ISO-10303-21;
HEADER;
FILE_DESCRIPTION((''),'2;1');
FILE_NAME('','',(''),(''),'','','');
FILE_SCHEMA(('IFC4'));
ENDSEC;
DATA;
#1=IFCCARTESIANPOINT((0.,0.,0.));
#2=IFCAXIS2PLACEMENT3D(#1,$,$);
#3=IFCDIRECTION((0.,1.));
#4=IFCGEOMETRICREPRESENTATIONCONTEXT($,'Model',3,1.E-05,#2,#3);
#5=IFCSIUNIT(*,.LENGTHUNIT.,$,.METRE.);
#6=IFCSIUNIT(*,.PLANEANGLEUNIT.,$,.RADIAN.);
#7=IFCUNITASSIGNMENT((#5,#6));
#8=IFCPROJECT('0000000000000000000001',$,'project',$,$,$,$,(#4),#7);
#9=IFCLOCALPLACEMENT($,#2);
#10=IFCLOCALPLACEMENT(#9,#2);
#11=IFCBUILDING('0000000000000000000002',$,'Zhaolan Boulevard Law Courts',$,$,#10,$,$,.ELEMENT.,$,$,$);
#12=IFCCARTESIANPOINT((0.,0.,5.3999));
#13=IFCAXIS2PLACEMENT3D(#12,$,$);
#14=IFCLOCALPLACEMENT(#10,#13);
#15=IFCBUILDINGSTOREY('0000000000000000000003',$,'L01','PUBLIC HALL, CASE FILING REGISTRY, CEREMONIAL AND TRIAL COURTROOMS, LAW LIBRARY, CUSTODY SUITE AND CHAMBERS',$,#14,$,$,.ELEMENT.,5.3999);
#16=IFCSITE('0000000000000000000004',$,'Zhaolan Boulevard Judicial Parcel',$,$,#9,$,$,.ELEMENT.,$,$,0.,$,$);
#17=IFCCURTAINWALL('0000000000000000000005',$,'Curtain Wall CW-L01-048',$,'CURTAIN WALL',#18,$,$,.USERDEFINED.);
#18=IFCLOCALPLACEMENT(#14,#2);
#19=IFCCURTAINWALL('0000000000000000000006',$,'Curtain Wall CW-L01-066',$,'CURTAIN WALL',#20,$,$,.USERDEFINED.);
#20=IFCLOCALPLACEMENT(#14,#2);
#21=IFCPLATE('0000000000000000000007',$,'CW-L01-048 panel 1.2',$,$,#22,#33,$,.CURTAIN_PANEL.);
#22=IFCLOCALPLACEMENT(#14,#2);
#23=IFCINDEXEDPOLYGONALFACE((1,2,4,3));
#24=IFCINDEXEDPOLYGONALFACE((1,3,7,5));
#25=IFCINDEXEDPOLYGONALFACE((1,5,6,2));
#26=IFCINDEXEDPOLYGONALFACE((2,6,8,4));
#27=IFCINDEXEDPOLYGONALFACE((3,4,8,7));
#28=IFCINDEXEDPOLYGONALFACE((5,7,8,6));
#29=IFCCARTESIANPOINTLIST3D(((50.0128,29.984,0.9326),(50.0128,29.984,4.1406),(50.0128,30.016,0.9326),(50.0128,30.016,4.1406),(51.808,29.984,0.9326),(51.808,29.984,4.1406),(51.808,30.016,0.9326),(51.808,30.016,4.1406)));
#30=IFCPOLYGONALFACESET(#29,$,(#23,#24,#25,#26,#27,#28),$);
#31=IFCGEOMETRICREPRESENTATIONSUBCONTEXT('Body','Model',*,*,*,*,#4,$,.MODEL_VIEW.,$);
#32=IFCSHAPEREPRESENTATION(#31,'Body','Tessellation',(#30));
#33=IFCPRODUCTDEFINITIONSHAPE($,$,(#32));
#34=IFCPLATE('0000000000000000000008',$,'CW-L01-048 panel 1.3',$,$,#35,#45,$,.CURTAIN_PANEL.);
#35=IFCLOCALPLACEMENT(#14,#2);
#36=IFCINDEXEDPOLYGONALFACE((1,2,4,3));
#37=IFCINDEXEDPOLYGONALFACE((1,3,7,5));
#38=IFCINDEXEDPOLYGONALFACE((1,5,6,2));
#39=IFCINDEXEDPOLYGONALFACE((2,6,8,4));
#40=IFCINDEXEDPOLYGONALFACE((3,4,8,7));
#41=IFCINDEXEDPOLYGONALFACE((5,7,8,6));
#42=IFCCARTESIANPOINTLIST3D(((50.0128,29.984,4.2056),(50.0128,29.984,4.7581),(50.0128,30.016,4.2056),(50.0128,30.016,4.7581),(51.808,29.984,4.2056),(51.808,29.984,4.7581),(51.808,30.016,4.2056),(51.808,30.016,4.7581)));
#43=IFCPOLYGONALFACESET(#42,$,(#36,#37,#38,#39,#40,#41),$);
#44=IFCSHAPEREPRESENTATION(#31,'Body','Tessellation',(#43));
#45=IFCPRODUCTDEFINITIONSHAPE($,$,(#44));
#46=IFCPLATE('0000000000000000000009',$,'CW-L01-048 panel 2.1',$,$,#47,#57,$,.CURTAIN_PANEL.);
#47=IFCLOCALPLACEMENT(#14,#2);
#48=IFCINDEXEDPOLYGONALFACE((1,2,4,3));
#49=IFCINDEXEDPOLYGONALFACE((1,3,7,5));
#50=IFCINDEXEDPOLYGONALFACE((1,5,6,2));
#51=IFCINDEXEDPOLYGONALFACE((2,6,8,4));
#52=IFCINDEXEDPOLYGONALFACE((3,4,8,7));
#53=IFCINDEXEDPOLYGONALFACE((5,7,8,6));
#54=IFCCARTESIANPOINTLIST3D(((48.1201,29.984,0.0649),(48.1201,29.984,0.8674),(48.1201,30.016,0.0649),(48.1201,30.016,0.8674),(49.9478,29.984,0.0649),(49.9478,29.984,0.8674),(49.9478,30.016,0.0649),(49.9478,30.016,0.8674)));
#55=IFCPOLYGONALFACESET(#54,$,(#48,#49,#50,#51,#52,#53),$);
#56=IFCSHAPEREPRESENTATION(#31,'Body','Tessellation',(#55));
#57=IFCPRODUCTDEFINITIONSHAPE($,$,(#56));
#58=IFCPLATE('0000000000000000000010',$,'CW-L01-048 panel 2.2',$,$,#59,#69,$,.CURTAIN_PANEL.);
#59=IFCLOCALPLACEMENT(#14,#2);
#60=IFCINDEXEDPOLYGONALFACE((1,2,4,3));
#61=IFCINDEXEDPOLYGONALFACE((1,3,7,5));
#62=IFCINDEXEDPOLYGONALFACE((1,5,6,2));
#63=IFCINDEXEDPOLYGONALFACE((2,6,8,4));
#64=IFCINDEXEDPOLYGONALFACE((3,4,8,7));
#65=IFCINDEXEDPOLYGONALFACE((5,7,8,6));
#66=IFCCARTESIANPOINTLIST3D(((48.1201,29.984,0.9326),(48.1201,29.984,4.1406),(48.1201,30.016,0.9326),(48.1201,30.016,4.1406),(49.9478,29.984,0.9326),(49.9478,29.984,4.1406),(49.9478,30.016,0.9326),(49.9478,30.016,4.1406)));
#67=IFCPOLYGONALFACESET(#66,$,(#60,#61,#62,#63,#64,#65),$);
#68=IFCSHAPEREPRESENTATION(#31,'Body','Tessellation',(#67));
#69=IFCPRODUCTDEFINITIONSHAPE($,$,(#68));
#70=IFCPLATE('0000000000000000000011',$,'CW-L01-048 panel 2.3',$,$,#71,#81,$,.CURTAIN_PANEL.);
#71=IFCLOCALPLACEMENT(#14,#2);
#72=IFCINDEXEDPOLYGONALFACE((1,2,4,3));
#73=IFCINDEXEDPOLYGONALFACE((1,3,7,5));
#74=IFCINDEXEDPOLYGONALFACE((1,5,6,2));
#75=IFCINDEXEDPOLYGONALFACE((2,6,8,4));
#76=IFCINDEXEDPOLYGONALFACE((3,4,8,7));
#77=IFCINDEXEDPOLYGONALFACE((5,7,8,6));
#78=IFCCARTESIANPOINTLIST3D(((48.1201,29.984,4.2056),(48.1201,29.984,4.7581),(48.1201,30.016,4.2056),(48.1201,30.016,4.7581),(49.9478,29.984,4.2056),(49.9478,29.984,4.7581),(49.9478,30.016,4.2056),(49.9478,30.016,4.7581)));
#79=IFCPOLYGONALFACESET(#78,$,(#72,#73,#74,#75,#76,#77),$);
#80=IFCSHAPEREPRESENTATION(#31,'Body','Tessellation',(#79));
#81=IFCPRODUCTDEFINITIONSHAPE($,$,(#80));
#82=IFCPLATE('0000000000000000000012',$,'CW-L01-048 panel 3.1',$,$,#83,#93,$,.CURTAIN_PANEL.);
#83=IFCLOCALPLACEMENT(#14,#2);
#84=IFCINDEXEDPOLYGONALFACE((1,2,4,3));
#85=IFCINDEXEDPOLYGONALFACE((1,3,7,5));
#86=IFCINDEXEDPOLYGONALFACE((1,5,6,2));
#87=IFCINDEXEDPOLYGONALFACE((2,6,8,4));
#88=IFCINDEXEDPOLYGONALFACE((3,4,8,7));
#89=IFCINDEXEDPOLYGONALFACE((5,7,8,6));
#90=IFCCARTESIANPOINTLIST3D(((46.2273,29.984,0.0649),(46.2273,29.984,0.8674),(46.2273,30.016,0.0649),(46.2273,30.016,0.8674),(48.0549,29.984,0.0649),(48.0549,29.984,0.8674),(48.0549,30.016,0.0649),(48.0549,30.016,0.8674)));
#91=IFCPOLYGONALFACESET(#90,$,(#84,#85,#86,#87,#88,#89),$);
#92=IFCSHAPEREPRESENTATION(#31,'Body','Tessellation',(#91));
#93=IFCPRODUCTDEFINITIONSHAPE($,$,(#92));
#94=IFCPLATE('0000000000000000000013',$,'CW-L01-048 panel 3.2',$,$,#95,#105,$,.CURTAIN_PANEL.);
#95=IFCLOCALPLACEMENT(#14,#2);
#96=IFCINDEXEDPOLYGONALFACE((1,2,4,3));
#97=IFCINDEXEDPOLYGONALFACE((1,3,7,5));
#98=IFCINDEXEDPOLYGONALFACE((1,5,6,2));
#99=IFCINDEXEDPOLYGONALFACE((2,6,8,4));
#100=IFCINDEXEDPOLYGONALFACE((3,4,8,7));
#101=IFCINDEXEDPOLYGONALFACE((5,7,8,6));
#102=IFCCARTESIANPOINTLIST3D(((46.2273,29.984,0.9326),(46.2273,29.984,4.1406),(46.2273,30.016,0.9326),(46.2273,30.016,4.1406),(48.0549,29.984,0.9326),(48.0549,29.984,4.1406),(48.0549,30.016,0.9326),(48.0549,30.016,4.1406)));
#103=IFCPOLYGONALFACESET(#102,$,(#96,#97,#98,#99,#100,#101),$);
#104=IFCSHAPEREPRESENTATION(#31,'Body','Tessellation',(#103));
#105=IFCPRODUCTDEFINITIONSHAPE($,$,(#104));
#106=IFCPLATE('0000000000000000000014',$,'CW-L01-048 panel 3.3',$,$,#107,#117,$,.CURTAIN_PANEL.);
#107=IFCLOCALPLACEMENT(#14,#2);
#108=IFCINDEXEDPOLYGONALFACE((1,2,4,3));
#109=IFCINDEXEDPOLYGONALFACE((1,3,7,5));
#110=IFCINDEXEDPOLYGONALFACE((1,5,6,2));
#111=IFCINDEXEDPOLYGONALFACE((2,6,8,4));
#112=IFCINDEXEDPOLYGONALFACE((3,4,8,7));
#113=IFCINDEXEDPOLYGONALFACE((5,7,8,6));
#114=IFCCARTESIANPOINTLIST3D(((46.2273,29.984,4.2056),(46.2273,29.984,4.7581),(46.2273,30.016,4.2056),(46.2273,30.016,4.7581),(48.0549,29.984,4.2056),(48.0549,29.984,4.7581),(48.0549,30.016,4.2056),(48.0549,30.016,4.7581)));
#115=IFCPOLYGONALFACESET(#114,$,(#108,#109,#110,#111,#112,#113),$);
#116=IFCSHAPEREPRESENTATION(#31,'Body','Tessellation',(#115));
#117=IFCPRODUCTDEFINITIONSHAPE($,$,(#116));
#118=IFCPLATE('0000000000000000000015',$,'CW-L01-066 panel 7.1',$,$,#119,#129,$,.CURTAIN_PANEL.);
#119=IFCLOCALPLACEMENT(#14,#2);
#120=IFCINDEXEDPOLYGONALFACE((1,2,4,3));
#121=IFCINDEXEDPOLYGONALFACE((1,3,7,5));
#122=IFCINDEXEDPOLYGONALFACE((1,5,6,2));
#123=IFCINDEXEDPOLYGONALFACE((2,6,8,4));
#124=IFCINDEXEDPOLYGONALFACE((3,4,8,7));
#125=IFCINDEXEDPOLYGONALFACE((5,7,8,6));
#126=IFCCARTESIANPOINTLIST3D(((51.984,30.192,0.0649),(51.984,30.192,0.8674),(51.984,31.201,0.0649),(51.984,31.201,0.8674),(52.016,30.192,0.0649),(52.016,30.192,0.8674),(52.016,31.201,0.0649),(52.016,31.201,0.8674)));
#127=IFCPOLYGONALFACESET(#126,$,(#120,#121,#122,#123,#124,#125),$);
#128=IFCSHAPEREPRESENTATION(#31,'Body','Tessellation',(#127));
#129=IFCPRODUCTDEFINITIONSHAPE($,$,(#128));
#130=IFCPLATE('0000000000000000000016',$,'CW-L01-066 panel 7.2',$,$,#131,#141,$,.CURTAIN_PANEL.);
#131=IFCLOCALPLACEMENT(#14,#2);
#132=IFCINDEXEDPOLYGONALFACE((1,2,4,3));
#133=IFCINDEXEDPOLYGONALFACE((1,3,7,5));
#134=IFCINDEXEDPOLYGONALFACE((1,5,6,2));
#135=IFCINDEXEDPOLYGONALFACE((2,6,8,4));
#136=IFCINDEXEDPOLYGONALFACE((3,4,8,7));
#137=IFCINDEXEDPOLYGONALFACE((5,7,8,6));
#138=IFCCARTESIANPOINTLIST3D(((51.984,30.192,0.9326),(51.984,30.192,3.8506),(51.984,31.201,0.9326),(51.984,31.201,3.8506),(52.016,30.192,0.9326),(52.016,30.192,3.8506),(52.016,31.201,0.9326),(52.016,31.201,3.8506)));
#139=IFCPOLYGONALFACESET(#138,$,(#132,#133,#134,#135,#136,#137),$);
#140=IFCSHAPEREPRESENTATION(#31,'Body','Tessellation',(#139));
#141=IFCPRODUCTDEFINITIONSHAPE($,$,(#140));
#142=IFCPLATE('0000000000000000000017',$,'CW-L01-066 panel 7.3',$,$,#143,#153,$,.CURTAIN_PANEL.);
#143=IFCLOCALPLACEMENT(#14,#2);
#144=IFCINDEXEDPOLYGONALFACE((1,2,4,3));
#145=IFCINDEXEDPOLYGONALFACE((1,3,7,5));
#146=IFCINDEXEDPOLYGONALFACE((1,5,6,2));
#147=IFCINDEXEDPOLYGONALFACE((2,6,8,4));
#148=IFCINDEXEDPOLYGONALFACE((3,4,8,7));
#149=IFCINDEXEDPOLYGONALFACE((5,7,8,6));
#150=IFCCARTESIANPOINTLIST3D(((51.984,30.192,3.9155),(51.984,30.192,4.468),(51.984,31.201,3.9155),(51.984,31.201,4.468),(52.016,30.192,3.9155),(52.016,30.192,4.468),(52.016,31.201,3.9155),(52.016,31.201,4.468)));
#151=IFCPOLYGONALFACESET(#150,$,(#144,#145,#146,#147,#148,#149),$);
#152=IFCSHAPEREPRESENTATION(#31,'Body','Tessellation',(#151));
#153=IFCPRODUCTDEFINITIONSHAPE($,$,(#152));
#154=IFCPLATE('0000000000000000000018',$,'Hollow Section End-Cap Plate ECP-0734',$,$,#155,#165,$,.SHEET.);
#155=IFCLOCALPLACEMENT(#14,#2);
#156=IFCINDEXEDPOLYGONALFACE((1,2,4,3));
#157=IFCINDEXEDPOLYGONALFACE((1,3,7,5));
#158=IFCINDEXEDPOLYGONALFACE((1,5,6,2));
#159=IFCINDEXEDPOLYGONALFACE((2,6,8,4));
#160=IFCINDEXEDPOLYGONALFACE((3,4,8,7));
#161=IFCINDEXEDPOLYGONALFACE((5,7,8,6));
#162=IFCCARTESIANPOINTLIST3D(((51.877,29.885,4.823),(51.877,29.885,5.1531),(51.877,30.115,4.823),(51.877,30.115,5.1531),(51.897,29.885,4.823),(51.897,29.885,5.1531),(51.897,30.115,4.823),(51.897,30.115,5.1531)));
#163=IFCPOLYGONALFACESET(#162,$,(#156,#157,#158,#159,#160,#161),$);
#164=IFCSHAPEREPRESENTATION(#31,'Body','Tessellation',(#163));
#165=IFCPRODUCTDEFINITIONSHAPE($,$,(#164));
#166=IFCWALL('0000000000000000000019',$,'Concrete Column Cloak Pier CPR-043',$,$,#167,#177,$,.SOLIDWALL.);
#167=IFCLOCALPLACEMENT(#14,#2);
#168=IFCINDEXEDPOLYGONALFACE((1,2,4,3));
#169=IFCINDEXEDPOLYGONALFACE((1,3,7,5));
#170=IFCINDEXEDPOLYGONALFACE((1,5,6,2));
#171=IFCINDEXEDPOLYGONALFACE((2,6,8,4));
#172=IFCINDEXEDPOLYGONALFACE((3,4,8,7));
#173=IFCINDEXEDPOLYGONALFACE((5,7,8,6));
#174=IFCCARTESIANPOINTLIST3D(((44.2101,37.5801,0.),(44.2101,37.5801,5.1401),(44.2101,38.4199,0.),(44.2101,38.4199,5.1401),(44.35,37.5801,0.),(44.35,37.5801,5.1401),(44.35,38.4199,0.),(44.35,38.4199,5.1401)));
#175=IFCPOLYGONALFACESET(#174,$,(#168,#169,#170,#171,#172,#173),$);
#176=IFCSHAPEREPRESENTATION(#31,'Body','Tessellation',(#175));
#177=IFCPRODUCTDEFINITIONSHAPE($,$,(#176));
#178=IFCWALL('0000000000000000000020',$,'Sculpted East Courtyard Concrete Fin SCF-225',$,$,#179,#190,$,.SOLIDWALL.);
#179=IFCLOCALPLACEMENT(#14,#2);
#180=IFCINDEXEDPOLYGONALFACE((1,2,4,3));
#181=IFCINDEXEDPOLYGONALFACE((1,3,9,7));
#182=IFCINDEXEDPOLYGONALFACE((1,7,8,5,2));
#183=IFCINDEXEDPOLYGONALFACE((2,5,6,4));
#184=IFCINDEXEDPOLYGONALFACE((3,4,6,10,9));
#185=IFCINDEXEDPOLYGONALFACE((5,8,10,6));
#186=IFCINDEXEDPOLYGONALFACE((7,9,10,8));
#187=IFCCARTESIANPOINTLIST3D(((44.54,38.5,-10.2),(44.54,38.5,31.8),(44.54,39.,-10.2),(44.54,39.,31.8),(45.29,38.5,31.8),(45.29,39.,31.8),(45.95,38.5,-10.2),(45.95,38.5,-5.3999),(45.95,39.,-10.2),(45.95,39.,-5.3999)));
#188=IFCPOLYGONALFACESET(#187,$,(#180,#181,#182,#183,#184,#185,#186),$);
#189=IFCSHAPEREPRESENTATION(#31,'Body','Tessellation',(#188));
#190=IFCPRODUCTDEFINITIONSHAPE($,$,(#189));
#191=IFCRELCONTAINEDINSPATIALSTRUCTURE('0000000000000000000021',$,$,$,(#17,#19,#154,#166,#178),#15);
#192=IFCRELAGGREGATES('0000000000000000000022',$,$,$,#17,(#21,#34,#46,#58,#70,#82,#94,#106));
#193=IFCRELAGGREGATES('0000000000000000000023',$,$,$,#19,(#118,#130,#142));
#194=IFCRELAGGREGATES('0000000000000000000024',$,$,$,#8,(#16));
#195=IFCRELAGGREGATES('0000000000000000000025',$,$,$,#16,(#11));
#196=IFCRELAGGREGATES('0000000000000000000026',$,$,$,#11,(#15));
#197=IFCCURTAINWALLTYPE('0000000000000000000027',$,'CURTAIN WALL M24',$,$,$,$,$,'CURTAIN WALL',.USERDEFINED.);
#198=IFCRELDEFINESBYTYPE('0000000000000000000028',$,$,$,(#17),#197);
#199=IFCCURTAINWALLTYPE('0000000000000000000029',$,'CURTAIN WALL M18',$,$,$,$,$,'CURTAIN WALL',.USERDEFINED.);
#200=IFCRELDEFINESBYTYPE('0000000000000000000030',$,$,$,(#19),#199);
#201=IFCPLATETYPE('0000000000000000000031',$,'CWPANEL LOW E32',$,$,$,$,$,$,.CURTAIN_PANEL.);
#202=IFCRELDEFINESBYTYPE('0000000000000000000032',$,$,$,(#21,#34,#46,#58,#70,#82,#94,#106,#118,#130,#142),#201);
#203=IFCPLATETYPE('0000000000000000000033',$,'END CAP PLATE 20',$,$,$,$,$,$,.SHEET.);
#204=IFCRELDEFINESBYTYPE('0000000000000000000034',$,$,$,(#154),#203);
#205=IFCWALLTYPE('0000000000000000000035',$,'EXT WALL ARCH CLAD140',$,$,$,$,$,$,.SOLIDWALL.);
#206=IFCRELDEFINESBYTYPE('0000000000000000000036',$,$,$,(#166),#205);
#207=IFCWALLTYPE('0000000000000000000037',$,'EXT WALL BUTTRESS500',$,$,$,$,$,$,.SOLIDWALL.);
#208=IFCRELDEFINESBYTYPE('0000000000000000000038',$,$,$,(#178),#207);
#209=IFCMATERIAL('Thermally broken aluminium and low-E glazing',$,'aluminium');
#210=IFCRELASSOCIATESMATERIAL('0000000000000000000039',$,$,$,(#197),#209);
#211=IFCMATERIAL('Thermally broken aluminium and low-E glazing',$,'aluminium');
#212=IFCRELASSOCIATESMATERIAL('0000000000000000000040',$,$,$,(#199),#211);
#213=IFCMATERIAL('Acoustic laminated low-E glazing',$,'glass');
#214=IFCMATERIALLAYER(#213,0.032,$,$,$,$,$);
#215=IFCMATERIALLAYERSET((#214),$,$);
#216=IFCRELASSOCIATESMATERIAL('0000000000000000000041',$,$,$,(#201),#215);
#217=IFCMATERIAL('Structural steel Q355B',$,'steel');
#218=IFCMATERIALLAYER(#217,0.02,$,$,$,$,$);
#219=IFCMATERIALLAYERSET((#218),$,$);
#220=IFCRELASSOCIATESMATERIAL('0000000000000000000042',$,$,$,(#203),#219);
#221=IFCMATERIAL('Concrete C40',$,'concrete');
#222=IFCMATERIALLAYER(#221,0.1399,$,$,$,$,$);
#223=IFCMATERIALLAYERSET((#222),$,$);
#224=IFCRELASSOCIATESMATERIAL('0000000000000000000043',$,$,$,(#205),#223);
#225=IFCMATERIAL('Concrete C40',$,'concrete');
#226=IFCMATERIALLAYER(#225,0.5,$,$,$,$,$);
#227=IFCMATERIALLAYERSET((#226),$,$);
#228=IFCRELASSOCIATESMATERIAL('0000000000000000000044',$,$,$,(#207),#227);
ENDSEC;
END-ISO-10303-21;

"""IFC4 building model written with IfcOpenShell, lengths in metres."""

from ifc_helpers import new_model, si_unit, direction, frame, frame_2d, origin, origin_2d, place, context, subcontext, project, spatial, polyline, rectangle, outline, extrude, material, layer, layer_set, type_object, element, aggregate, save


model = new_model("IFC4")

# Units and contexts
model_context = context("Model", 3, precision=1e-05, world=origin(), true_north=direction((0.0, 1.0)))
body_context = subcontext(model_context, "Body", "Model", "MODEL_VIEW")
ifc_project = project(units=[si_unit("LENGTHUNIT", "METRE"), si_unit("PLANEANGLEUNIT", "RADIAN")], contexts=[model_context])

# Site, building, storey
site_placement = place(None, origin())
site = spatial("IfcSite", under=ifc_project, at=site_placement, Name="Zhaolan Boulevard Judicial Parcel", CompositionType="ELEMENT", RefElevation=0.0)
building_placement = place(site_placement, origin())
building = spatial("IfcBuilding", under=site, at=building_placement, Name="Zhaolan Boulevard Law Courts", CompositionType="ELEMENT")
storey_placement = place(building_placement, frame((0.0, 0.0, 5.3999)))
storey = spatial("IfcBuildingStorey", under=building, at=storey_placement, Name="L01", Description="PUBLIC HALL, CASE FILING REGISTRY, CEREMONIAL AND TRIAL COURTROOMS, LAW LIBRARY, CUSTODY SUITE AND CHAMBERS", CompositionType="ELEMENT", Elevation=5.3999)

# Curtain wall
ifc_material_1 = material(Name="Thermally broken aluminium and low-E glazing", Category="aluminium")
curtain_wall_type_1 = type_object("IfcCurtainWallType", Name="CURTAIN WALL M24", ElementType="CURTAIN WALL", PredefinedType="USERDEFINED", material=ifc_material_1)
curtain_wall_1_placement = place(storey_placement, origin())
curtain_wall_1 = element("IfcCurtainWall", 1, at=curtain_wall_1_placement, inside=storey, type_object=curtain_wall_type_1, Name="Curtain Wall CW-L01-048", ObjectType="CURTAIN WALL", PredefinedType="USERDEFINED")

# Curtain wall
ifc_material_2 = material(Name="Thermally broken aluminium and low-E glazing", Category="aluminium")
curtain_wall_type_2 = type_object("IfcCurtainWallType", Name="CURTAIN WALL M18", ElementType="CURTAIN WALL", PredefinedType="USERDEFINED", material=ifc_material_2)
curtain_wall_2_placement = place(storey_placement, origin())
curtain_wall_2 = element("IfcCurtainWall", 2, at=curtain_wall_2_placement, inside=storey, type_object=curtain_wall_type_2, Name="Curtain Wall CW-L01-066", ObjectType="CURTAIN WALL", PredefinedType="USERDEFINED")

# Plates
ifc_material_3 = material(Name="Acoustic laminated low-E glazing", Category="glass")
ifc_layer_1 = layer(ifc_material_3, 0.032)
ifc_layer_set_1 = layer_set([ifc_layer_1])
plate_type_1 = type_object("IfcPlateType", Name="CWPANEL LOW E32", PredefinedType="CURTAIN_PANEL", material=ifc_layer_set_1)
plate_1_placement = place(storey_placement, frame((50.9104, 30.0, 0.9326), z_axis=(0.0, 0.0, 1.0), x_axis=(-1.0, 0.0, 0.0)))
plate_1 = element("IfcPlate", 3, at=plate_1_placement, type_object=plate_type_1, Name="CW-L01-048 panel 1.2", PredefinedType="CURTAIN_PANEL", context=body_context, shape_type="SweptSolid", body=[
    extrude(rectangle(XDim=1.7952, YDim=0.032, at=origin_2d()), origin(), (0.0, 0.0, 1.0), 3.208),
])
plate_2_placement = place(storey_placement, frame((50.9104, 30.0, 4.2056), z_axis=(0.0, 0.0, 1.0), x_axis=(-1.0, 0.0, 0.0)))
plate_2 = element("IfcPlate", 4, at=plate_2_placement, type_object=plate_type_1, Name="CW-L01-048 panel 1.3", PredefinedType="CURTAIN_PANEL", context=body_context, shape_type="SweptSolid", body=[
    extrude(rectangle(XDim=1.7952, YDim=0.032, at=origin_2d()), origin(), (0.0, 0.0, 1.0), 0.5525),
])
plate_3_placement = place(storey_placement, frame((49.0339, 30.0, 0.0649), z_axis=(0.0, 0.0, 1.0), x_axis=(-1.0, 0.0, 0.0)))
plate_3 = element("IfcPlate", 5, at=plate_3_placement, type_object=plate_type_1, Name="CW-L01-048 panel 2.1", PredefinedType="CURTAIN_PANEL", context=body_context, shape_type="SweptSolid", body=[
    extrude(rectangle(XDim=1.8276, YDim=0.032, at=origin_2d()), origin(), (0.0, 0.0, 1.0), 0.8025),
])
plate_4_placement = place(storey_placement, frame((49.0339, 30.0, 0.9326), z_axis=(0.0, 0.0, 1.0), x_axis=(-1.0, 0.0, 0.0)))
plate_4 = element("IfcPlate", 6, at=plate_4_placement, type_object=plate_type_1, Name="CW-L01-048 panel 2.2", PredefinedType="CURTAIN_PANEL", context=body_context, shape_type="SweptSolid", body=[
    extrude(rectangle(XDim=1.8276, YDim=0.032, at=origin_2d()), origin(), (0.0, 0.0, 1.0), 3.208),
])
plate_5_placement = place(storey_placement, frame((49.0339, 30.0, 4.2056), z_axis=(0.0, 0.0, 1.0), x_axis=(-1.0, 0.0, 0.0)))
plate_5 = element("IfcPlate", 7, at=plate_5_placement, type_object=plate_type_1, Name="CW-L01-048 panel 2.3", PredefinedType="CURTAIN_PANEL", context=body_context, shape_type="SweptSolid", body=[
    extrude(rectangle(XDim=1.8276, YDim=0.032, at=origin_2d()), origin(), (0.0, 0.0, 1.0), 0.5525),
])
plate_6_placement = place(storey_placement, frame((47.1411, 30.0, 0.0649), z_axis=(0.0, 0.0, 1.0), x_axis=(-1.0, 0.0, 0.0)))
plate_6 = element("IfcPlate", 8, at=plate_6_placement, type_object=plate_type_1, Name="CW-L01-048 panel 3.1", PredefinedType="CURTAIN_PANEL", context=body_context, shape_type="SweptSolid", body=[
    extrude(rectangle(XDim=1.8276, YDim=0.032, at=origin_2d()), origin(), (0.0, 0.0, 1.0), 0.8025),
])
plate_7_placement = place(storey_placement, frame((47.1411, 30.0, 0.9326), z_axis=(0.0, 0.0, 1.0), x_axis=(-1.0, 0.0, 0.0)))
plate_7 = element("IfcPlate", 9, at=plate_7_placement, type_object=plate_type_1, Name="CW-L01-048 panel 3.2", PredefinedType="CURTAIN_PANEL", context=body_context, shape_type="SweptSolid", body=[
    extrude(rectangle(XDim=1.8276, YDim=0.032, at=origin_2d()), origin(), (0.0, 0.0, 1.0), 3.208),
])
plate_8_placement = place(storey_placement, frame((47.1411, 30.0, 4.2056), z_axis=(0.0, 0.0, 1.0), x_axis=(-1.0, 0.0, 0.0)))
plate_8 = element("IfcPlate", 10, at=plate_8_placement, type_object=plate_type_1, Name="CW-L01-048 panel 3.3", PredefinedType="CURTAIN_PANEL", context=body_context, shape_type="SweptSolid", body=[
    extrude(rectangle(XDim=1.8276, YDim=0.032, at=origin_2d()), origin(), (0.0, 0.0, 1.0), 0.5525),
])
aggregate(curtain_wall_1, [plate_1, plate_2, plate_3, plate_4, plate_5, plate_6, plate_7, plate_8])
plate_9_placement = place(storey_placement, frame((52.0, 30.6965, 0.0649), z_axis=(0.0, 0.0, 1.0), x_axis=(0.0, -1.0, 0.0)))
plate_9 = element("IfcPlate", 11, at=plate_9_placement, type_object=plate_type_1, Name="CW-L01-066 panel 7.1", PredefinedType="CURTAIN_PANEL", context=body_context, shape_type="SweptSolid", body=[
    extrude(rectangle(XDim=1.009, YDim=0.032, at=origin_2d()), origin(), (0.0, 0.0, 1.0), 0.8025),
])
plate_10_placement = place(storey_placement, frame((52.0, 30.6965, 0.9326), z_axis=(0.0, 0.0, 1.0), x_axis=(0.0, -1.0, 0.0)))
plate_10 = element("IfcPlate", 12, at=plate_10_placement, type_object=plate_type_1, Name="CW-L01-066 panel 7.2", PredefinedType="CURTAIN_PANEL", context=body_context, shape_type="SweptSolid", body=[
    extrude(rectangle(XDim=1.009, YDim=0.032, at=origin_2d()), origin(), (0.0, 0.0, 1.0), 2.918),
])
plate_11_placement = place(storey_placement, frame((52.0, 30.6965, 3.9155), z_axis=(0.0, 0.0, 1.0), x_axis=(0.0, -1.0, 0.0)))
plate_11 = element("IfcPlate", 13, at=plate_11_placement, type_object=plate_type_1, Name="CW-L01-066 panel 7.3", PredefinedType="CURTAIN_PANEL", context=body_context, shape_type="SweptSolid", body=[
    extrude(rectangle(XDim=1.009, YDim=0.032, at=origin_2d()), origin(), (0.0, 0.0, 1.0), 0.5525),
])
aggregate(curtain_wall_2, [plate_9, plate_10, plate_11])
ifc_material_4 = material(Name="Structural steel Q355B", Category="steel")
ifc_layer_2 = layer(ifc_material_4, 0.02)
ifc_layer_set_2 = layer_set([ifc_layer_2])
plate_type_2 = type_object("IfcPlateType", Name="END CAP PLATE 20", PredefinedType="SHEET", material=ifc_layer_set_2)
plate_12_placement = place(storey_placement, frame((51.887, 30.0, 4.823), z_axis=(0.0, 0.0, 1.0), x_axis=(1.0, 0.0, 0.0)))
element("IfcPlate", 14, at=plate_12_placement, inside=storey, type_object=plate_type_2, Name="Hollow Section End-Cap Plate ECP-0734", PredefinedType="SHEET", context=body_context, shape_type="SweptSolid", body=[
    extrude(rectangle(XDim=0.02, YDim=0.23, at=origin_2d()), origin(), (0.0, 0.0, 1.0), 0.3301),
])

# Walls
ifc_material_5 = material(Name="Concrete C40", Category="concrete")
ifc_layer_3 = layer(ifc_material_5, 0.1399)
ifc_layer_set_3 = layer_set([ifc_layer_3])
wall_type_1 = type_object("IfcWallType", Name="EXT WALL ARCH CLAD140", PredefinedType="SOLIDWALL", material=ifc_layer_set_3)
wall_1_placement = place(storey_placement, frame((44.28, 37.5801, 0.0), z_axis=(0.0, 0.0, 1.0), x_axis=(0.0, 1.0, 0.0)))
element("IfcWall", 15, at=wall_1_placement, inside=storey, type_object=wall_type_1, Name="Concrete Column Cloak Pier CPR-043", PredefinedType="SOLIDWALL", context=body_context, shape_type="SweptSolid", body=[
    extrude(rectangle(XDim=0.8398, YDim=0.1399, at=frame_2d((0.4199, 0.0))), origin(), (0.0, 0.0, 1.0), 5.1401),
])
ifc_material_6 = material(Name="Concrete C40", Category="concrete")
ifc_layer_4 = layer(ifc_material_6, 0.5)
ifc_layer_set_4 = layer_set([ifc_layer_4])
wall_type_2 = type_object("IfcWallType", Name="EXT WALL BUTTRESS500", PredefinedType="SOLIDWALL", material=ifc_layer_set_4)
wall_2_placement = place(storey_placement, frame((44.54, 38.75, -10.2), z_axis=(0.0, 0.0, 1.0), x_axis=(1.0, 0.0, 0.0)))
element("IfcWall", 16, at=wall_2_placement, inside=storey, type_object=wall_type_2, Name="Sculpted East Courtyard Concrete Fin SCF-225", PredefinedType="SOLIDWALL", context=body_context, shape_type="SweptSolid", body=[
    extrude(outline(polyline([(0.0, 0.0), (1.4099, 0.0), (1.4099, 4.8), (0.75, 42.0), (0.0, 42.0), (0.0, 0.0)])), frame((0.0, 0.25, 0.0), z_axis=(0.0, -1.0, 0.0), x_axis=(1.0, 0.0, 0.0)), (0.0, 0.0, 1.0), 0.5),
])

save(model, "model.ifc")
